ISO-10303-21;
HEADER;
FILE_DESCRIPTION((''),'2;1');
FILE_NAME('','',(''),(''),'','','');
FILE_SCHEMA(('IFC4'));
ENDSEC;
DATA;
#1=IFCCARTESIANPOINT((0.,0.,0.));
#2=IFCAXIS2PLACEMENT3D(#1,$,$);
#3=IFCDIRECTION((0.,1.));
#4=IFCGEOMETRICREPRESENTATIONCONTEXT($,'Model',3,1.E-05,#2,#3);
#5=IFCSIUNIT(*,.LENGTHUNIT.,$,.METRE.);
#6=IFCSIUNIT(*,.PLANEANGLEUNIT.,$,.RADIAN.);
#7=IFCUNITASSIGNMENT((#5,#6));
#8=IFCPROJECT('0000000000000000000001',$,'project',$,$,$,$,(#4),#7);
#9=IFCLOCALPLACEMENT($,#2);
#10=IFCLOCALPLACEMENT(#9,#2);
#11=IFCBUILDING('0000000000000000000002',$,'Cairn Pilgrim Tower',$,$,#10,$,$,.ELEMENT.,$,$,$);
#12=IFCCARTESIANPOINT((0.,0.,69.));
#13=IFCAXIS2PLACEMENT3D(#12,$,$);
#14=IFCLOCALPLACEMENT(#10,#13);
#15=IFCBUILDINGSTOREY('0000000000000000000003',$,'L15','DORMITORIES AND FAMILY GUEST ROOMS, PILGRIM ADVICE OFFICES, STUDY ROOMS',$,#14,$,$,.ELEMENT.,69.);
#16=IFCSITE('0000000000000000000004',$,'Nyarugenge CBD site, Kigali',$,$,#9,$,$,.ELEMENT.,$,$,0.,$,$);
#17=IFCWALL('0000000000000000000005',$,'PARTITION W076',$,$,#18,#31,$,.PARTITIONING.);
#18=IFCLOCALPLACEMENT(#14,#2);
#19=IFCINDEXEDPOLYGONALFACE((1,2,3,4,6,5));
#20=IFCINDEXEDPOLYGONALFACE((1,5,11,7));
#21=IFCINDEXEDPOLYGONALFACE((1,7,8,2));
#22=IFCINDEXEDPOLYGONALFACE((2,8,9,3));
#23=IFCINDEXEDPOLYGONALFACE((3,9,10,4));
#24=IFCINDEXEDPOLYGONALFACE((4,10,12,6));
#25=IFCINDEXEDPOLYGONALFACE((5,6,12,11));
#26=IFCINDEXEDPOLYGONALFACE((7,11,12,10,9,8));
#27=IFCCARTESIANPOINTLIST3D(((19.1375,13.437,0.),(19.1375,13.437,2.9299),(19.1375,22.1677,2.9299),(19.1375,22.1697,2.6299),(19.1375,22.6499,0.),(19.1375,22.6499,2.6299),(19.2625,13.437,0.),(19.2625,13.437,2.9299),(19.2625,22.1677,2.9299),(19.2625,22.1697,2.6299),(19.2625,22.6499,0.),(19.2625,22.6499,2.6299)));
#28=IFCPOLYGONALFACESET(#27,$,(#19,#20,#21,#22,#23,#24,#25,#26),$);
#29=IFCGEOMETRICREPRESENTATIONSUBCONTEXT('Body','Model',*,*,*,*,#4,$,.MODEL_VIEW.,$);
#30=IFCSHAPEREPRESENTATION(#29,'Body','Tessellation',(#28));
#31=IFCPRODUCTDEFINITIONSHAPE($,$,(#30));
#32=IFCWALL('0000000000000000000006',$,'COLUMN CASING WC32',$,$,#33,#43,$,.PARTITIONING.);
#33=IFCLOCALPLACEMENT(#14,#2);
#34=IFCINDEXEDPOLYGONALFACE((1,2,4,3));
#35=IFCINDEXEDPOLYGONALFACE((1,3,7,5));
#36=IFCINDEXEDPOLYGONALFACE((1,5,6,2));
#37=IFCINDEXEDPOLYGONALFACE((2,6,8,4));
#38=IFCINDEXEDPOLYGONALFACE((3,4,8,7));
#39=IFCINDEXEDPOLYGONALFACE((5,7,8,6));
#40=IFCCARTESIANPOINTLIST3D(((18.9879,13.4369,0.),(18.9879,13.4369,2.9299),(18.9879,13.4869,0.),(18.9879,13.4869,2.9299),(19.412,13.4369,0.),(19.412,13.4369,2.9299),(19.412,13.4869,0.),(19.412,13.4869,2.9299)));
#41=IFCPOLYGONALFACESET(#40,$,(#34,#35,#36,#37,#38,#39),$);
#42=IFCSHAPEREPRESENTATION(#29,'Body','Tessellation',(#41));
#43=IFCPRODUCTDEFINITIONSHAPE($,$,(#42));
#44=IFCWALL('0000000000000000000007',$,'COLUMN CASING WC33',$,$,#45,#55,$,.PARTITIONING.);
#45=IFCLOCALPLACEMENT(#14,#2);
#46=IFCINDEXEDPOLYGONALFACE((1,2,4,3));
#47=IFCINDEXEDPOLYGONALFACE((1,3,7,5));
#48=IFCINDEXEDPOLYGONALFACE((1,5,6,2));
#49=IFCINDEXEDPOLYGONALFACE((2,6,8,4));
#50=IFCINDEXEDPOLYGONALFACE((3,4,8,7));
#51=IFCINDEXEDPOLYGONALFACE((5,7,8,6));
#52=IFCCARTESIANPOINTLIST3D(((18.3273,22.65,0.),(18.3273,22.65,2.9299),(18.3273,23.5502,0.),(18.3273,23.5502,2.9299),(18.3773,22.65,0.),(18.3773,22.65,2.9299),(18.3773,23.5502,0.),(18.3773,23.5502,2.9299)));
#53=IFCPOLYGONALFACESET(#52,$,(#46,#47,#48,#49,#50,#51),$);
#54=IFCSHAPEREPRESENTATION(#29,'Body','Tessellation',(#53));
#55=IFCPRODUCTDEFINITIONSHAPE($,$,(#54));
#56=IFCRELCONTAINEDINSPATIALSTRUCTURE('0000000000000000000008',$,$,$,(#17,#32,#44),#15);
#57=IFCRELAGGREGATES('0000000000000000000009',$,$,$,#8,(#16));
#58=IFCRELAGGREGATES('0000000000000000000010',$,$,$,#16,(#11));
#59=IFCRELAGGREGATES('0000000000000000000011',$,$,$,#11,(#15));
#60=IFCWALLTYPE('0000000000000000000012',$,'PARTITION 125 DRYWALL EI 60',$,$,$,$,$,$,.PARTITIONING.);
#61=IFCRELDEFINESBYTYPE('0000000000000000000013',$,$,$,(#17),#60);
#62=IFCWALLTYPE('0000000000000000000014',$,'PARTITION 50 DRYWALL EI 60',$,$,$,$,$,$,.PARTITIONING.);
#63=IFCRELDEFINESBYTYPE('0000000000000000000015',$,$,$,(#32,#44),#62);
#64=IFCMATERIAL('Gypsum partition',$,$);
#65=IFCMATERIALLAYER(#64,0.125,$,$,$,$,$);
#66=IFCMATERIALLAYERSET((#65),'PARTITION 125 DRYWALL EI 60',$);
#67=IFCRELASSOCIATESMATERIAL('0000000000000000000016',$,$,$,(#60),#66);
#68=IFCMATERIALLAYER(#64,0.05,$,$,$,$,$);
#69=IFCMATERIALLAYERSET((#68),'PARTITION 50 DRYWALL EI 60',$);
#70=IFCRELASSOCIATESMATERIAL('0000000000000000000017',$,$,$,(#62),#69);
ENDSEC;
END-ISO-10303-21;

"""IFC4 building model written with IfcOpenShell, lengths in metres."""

from ifc_helpers import new_model, si_unit, direction, frame, frame_2d, origin, place, context, subcontext, project, spatial, polyline, rectangle, outline, extrude, material, layer, layer_set, type_object, element, save


model = new_model("IFC4")

# Units and contexts
model_context = context("Model", 3, precision=1e-05, world=origin(), true_north=direction((0.0, 1.0)))
body_context = subcontext(model_context, "Body", "Model", "MODEL_VIEW")
ifc_project = project(units=[si_unit("LENGTHUNIT", "METRE"), si_unit("PLANEANGLEUNIT", "RADIAN")], contexts=[model_context])

# Site, building, storey
site_placement = place(None, origin())
site = spatial("IfcSite", under=ifc_project, at=site_placement, Name="Nyarugenge CBD site, Kigali", CompositionType="ELEMENT", RefElevation=0.0)
building_placement = place(site_placement, origin())
building = spatial("IfcBuilding", under=site, at=building_placement, Name="Cairn Pilgrim Tower", CompositionType="ELEMENT")
storey_placement = place(building_placement, frame((0.0, 0.0, 69.0)))
storey = spatial("IfcBuildingStorey", under=building, at=storey_placement, Name="L15", Description="DORMITORIES AND FAMILY GUEST ROOMS, PILGRIM ADVICE OFFICES, STUDY ROOMS", CompositionType="ELEMENT", Elevation=69.0)

# Walls
ifc_material_1 = material(Name="Gypsum partition")
ifc_layer_1 = layer(ifc_material_1, 0.125)
ifc_layer_set_1 = layer_set([ifc_layer_1], Name="PARTITION 125 DRYWALL EI 60")
wall_type_1 = type_object("IfcWallType", Name="PARTITION 125 DRYWALL EI 60", PredefinedType="PARTITIONING", material=ifc_layer_set_1)
wall_1_placement = place(storey_placement, frame((19.2, 13.437, 0.0), z_axis=(0.0, 0.0, 1.0), x_axis=(0.0, 1.0, 0.0)))
element("IfcWall", 1, at=wall_1_placement, inside=storey, type_object=wall_type_1, Name="PARTITION W076", PredefinedType="PARTITIONING", context=body_context, shape_type="SweptSolid", body=[
    extrude(outline(polyline([(0.0, 0.0), (9.2129, 0.0), (9.2129, 2.6299), (8.7327, 2.6299), (8.7307, 2.9299), (0.0, 2.9299), (0.0, 0.0)])), frame((0.0, 0.0625, 0.0), z_axis=(0.0, -1.0, 0.0), x_axis=(1.0, 0.0, 0.0)), (0.0, 0.0, 1.0), 0.125),
])
ifc_layer_2 = layer(ifc_material_1, 0.05)
ifc_layer_set_2 = layer_set([ifc_layer_2], Name="PARTITION 50 DRYWALL EI 60")
wall_type_2 = type_object("IfcWallType", Name="PARTITION 50 DRYWALL EI 60", PredefinedType="PARTITIONING", material=ifc_layer_set_2)
wall_2_placement = place(storey_placement, frame((18.988, 13.4619, 0.0), z_axis=(0.0, 0.0, 1.0), x_axis=(1.0, 0.0, 0.0)))
element("IfcWall", 2, at=wall_2_placement, inside=storey, type_object=wall_type_2, Name="COLUMN CASING WC32", PredefinedType="PARTITIONING", context=body_context, shape_type="SweptSolid", body=[
    extrude(rectangle(XDim=0.4241, YDim=0.05, at=frame_2d((0.2119, 0.0))), origin(), (0.0, 0.0, 1.0), 2.9299),
])
wall_3_placement = place(storey_placement, frame((18.3523, 22.6499, 0.0), z_axis=(0.0, 0.0, 1.0), x_axis=(0.0, 1.0, 0.0)))
element("IfcWall", 3, at=wall_3_placement, inside=storey, type_object=wall_type_2, Name="COLUMN CASING WC33", PredefinedType="PARTITIONING", context=body_context, shape_type="SweptSolid", body=[
    extrude(rectangle(XDim=0.9001, YDim=0.05, at=frame_2d((0.4502, 0.0))), origin(), (0.0, 0.0, 1.0), 2.9299),
])

save(model, "model.ifc")
